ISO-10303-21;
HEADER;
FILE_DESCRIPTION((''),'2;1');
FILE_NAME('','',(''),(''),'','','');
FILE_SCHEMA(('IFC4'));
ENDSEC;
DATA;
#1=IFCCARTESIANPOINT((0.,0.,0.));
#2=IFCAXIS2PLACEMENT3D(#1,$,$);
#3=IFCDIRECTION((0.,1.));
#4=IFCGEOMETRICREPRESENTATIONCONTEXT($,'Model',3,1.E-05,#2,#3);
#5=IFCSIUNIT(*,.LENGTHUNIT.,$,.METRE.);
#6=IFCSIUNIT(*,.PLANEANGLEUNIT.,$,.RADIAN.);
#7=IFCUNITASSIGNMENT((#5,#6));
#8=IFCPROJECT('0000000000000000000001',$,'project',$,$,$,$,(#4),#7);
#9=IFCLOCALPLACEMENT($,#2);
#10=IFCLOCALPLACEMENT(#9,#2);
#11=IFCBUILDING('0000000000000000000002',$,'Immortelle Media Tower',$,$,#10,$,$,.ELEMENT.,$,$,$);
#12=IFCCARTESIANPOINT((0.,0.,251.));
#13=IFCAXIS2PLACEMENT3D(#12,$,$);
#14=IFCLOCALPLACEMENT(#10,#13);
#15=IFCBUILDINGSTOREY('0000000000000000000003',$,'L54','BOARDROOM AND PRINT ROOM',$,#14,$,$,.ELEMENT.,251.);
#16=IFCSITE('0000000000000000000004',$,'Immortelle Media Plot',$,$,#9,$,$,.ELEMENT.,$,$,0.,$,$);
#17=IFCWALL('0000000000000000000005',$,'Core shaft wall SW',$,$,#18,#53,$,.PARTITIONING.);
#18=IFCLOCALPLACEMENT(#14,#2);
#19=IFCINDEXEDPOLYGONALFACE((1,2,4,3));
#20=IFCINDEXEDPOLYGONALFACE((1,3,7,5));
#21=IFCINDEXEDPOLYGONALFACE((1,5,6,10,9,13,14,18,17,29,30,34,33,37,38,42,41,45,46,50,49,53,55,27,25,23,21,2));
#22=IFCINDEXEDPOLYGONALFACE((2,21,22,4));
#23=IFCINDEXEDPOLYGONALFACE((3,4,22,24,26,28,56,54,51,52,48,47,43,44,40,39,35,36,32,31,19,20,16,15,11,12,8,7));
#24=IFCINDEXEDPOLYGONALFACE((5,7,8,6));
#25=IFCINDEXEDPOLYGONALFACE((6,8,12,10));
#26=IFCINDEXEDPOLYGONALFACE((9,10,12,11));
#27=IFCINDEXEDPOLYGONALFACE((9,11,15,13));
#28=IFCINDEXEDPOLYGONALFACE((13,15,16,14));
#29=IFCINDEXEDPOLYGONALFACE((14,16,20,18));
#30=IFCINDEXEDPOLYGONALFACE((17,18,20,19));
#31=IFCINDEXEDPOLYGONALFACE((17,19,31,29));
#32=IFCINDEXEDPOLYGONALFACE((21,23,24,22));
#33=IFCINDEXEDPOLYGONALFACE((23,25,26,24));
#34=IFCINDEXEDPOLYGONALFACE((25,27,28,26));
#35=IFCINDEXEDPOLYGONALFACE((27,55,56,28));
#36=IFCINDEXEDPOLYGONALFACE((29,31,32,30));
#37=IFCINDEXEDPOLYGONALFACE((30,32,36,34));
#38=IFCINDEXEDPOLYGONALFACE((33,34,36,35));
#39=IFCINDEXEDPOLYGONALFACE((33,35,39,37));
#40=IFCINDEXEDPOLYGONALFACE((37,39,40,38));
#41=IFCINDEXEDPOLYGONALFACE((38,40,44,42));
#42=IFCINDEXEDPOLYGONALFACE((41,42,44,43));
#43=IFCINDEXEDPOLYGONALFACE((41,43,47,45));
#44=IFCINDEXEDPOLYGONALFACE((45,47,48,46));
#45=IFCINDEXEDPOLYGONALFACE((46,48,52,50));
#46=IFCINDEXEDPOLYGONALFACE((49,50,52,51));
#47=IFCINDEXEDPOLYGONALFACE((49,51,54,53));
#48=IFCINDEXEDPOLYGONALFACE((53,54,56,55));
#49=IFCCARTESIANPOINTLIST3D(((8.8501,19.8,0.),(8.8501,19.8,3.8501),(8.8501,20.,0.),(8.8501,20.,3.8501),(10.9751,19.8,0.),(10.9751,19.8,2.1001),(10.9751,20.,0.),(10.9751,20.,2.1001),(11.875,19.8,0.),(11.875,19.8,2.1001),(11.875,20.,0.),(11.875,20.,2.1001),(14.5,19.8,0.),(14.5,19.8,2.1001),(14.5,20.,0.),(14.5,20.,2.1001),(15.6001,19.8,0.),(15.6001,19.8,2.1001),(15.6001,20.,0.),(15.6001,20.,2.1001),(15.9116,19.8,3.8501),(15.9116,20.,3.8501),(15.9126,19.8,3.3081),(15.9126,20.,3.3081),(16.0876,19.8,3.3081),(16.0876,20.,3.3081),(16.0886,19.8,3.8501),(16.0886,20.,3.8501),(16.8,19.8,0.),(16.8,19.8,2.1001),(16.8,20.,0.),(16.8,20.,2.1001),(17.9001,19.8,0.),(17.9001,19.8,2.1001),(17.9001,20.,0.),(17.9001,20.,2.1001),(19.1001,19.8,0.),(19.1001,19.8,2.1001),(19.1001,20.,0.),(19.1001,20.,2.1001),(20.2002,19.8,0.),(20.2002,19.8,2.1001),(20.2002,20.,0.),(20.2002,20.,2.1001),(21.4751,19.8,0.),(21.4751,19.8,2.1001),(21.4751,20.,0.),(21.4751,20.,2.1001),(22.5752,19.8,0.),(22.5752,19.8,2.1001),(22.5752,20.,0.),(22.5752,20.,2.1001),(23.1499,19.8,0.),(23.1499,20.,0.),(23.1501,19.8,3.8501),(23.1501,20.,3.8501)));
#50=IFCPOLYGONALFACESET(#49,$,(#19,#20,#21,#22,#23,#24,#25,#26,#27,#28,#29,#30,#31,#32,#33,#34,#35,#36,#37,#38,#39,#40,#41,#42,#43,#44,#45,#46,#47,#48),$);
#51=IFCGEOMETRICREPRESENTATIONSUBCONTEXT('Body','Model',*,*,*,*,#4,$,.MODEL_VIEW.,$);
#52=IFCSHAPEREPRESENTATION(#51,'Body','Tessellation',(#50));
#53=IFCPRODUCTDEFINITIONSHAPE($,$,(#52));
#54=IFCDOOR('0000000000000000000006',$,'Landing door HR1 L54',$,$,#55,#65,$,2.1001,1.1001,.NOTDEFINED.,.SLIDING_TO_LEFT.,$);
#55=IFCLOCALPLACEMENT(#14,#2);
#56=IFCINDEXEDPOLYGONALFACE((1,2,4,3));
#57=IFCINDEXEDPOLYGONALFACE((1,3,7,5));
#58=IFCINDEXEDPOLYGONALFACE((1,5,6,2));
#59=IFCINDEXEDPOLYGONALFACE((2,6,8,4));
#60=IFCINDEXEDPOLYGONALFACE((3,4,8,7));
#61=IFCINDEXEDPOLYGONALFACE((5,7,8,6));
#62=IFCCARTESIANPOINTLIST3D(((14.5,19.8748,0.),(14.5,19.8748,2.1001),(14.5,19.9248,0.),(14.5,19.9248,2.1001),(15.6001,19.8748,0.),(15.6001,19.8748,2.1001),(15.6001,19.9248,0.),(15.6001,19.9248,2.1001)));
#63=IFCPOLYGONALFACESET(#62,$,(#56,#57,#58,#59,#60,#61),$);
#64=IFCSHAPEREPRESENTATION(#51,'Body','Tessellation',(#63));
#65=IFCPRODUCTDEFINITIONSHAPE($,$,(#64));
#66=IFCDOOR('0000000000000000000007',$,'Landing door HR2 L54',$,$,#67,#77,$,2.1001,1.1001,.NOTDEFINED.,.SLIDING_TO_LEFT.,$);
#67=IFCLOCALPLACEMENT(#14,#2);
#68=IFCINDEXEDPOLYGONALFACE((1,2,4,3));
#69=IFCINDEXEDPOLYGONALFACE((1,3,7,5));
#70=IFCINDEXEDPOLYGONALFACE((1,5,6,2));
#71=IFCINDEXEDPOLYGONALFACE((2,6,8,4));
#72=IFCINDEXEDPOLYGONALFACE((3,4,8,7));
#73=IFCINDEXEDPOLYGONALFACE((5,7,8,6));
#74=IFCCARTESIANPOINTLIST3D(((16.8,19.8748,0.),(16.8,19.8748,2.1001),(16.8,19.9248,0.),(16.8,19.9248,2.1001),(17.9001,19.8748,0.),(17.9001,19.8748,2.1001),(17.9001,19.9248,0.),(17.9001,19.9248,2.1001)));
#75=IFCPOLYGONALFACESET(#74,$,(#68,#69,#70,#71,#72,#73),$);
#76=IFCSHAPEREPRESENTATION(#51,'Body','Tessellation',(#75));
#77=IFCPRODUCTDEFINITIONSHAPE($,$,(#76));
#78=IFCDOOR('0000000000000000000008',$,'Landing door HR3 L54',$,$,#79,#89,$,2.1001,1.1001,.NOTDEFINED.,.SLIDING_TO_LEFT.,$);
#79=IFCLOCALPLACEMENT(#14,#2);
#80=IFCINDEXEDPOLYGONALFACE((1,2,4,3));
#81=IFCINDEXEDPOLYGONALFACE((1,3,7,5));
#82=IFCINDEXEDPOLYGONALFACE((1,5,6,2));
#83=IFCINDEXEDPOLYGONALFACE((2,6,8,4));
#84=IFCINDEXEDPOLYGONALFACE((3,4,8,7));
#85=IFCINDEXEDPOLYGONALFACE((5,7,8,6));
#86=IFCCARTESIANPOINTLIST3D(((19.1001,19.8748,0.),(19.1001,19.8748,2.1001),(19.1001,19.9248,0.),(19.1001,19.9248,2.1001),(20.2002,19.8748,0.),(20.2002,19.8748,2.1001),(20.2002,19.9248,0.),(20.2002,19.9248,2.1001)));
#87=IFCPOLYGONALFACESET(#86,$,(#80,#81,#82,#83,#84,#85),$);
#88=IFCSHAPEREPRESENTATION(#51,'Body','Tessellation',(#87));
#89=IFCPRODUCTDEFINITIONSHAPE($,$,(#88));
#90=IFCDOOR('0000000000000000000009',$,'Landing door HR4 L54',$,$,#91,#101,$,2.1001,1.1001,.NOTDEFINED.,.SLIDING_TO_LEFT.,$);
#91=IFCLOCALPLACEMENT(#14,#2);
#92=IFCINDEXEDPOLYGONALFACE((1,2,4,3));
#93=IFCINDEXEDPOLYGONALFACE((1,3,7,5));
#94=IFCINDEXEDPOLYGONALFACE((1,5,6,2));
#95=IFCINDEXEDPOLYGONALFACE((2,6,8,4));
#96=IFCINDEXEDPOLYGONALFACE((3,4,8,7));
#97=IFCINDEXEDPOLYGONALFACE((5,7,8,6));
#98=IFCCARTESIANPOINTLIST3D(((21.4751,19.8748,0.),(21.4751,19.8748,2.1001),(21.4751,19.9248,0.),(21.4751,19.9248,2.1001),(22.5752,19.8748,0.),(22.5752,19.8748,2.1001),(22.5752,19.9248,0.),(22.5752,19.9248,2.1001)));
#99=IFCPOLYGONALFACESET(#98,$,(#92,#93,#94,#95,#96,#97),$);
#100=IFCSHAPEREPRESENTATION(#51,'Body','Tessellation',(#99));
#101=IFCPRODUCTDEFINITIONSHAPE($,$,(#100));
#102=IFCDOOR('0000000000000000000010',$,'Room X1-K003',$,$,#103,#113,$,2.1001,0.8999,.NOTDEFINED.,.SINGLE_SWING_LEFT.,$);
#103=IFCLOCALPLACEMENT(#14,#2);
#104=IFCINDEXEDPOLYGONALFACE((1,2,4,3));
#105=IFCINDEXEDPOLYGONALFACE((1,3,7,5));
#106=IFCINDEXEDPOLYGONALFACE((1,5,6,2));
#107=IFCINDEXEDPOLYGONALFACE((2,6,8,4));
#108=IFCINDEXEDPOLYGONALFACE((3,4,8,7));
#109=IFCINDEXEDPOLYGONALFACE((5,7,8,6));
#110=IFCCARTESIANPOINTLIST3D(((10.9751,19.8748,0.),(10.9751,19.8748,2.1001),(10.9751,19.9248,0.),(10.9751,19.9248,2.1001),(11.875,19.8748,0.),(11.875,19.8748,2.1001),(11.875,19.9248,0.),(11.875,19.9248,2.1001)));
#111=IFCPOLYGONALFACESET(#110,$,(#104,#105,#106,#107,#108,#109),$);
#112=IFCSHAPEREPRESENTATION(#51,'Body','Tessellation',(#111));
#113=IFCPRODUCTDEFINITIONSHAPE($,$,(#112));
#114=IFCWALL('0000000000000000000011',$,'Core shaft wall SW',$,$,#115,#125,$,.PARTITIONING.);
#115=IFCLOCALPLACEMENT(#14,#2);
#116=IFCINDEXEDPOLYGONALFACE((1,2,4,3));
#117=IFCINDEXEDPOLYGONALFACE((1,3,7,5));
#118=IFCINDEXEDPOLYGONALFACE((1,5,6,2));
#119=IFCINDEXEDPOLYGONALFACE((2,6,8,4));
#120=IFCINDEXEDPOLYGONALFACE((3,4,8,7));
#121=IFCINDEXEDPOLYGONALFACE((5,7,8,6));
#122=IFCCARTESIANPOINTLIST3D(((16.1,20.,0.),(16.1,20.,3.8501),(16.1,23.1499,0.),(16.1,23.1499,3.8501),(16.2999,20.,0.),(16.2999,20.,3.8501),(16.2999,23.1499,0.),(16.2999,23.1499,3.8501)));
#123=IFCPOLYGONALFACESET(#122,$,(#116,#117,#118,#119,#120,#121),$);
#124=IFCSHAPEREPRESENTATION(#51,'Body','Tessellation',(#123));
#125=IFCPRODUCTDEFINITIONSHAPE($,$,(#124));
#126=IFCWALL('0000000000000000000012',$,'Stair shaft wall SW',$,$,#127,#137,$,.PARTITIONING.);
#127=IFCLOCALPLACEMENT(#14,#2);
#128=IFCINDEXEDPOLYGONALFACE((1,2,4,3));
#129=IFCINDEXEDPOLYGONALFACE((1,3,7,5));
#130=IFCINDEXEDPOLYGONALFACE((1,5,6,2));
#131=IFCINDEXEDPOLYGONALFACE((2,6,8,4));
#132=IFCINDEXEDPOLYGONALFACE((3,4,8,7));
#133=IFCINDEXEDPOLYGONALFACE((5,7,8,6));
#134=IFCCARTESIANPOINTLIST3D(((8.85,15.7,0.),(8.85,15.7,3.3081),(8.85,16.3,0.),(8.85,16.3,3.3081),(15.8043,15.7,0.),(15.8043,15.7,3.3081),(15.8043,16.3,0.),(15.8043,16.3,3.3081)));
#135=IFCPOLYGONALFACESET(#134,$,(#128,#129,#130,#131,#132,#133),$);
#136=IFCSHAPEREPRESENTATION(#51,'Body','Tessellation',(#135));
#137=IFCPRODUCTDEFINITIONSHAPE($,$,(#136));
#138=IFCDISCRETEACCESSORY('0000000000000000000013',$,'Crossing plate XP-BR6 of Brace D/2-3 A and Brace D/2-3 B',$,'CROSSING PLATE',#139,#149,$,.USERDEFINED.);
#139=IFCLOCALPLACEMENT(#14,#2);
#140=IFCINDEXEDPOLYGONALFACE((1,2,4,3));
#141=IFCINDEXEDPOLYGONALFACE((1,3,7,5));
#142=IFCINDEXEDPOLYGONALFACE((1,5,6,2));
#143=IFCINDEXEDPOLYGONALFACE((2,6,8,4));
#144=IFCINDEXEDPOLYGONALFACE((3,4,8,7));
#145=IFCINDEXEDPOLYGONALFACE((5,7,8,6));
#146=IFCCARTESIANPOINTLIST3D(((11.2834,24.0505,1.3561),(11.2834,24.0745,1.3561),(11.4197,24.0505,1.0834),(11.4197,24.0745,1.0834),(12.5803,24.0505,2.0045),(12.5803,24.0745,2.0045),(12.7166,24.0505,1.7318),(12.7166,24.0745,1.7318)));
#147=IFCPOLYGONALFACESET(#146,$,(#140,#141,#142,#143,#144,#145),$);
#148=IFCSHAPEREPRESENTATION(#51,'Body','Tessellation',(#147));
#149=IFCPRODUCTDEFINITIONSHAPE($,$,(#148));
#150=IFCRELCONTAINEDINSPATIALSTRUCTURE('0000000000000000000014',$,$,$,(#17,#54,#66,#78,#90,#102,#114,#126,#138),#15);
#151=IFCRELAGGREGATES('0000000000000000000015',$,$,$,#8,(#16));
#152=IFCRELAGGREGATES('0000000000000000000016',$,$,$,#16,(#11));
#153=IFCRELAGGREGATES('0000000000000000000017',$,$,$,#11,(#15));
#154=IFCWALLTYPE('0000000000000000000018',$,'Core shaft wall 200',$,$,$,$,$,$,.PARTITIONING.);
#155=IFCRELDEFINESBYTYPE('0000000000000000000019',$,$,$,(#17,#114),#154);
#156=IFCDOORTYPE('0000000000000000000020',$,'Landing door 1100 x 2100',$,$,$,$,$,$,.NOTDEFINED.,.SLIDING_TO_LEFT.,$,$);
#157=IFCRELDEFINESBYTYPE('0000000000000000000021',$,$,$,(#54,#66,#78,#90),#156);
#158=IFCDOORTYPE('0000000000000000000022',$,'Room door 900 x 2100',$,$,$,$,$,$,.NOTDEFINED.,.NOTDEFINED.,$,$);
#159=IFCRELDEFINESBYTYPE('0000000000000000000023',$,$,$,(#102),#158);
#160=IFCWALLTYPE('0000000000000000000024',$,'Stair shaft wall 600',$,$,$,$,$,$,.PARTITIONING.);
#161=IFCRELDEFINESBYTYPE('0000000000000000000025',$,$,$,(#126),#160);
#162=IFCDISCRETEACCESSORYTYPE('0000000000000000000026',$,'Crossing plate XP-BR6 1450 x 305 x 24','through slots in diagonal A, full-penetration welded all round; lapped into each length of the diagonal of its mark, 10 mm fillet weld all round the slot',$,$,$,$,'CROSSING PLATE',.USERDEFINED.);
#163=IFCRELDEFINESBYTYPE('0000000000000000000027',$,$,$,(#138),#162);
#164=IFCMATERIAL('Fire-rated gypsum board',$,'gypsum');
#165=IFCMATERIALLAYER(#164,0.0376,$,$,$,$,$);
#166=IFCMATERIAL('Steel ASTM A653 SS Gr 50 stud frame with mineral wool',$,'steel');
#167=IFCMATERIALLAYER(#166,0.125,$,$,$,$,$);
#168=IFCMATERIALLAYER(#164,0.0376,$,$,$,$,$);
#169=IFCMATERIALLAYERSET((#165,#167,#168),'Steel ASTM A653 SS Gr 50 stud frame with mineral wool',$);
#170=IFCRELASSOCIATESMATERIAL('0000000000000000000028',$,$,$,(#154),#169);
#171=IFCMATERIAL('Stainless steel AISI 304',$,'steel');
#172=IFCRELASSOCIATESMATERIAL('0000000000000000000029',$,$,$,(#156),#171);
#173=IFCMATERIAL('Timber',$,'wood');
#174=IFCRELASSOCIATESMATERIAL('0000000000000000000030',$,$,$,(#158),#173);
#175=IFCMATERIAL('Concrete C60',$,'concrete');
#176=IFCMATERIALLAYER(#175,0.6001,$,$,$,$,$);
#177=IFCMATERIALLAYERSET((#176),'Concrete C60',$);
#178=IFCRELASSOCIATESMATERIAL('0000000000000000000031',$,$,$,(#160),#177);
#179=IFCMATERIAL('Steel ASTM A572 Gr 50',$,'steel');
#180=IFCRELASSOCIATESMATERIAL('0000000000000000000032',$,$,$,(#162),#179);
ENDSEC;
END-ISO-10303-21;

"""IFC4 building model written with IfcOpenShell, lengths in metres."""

from ifc_helpers import new_model, si_unit, direction, frame, frame_2d, origin, origin_2d, place, context, subcontext, project, spatial, polyline, rectangle, outline, extrude, material, layer, layer_set, material_profile, profile_set, type_object, element, fill, save


model = new_model("IFC4")

# Units and contexts
model_context = context("Model", 3, precision=1e-05, world=origin(), true_north=direction((0.0, 1.0)))
body_context = subcontext(model_context, "Body", "Model", "MODEL_VIEW")
ifc_project = project(units=[si_unit("LENGTHUNIT", "METRE"), si_unit("PLANEANGLEUNIT", "RADIAN")], contexts=[model_context])

# Site, building, storey
site_placement = place(None, origin())
site = spatial("IfcSite", under=ifc_project, at=site_placement, Name="Immortelle Media Plot", CompositionType="ELEMENT", RefElevation=0.0)
building_placement = place(site_placement, origin())
building = spatial("IfcBuilding", under=site, at=building_placement, Name="Immortelle Media Tower", CompositionType="ELEMENT")
storey_placement = place(building_placement, frame((0.0, 0.0, 251.0)))
storey = spatial("IfcBuildingStorey", under=building, at=storey_placement, Name="L54", Description="BOARDROOM AND PRINT ROOM", CompositionType="ELEMENT", Elevation=251.0)

# Shared definitions
ifc_material_1 = material(Name="Timber", Category="wood")

# Shared definitions
ifc_material_2 = material(Name="Fire-rated gypsum board", Category="gypsum")
ifc_material_3 = material(Name="Steel ASTM A653 SS Gr 50 stud frame with mineral wool", Category="steel")
ifc_layer_1 = layer(ifc_material_2, 0.0376)
ifc_layer_2 = layer(ifc_material_3, 0.125)
ifc_layer_3 = layer(ifc_material_2, 0.0376)
ifc_layer_set_1 = layer_set([ifc_layer_1, ifc_layer_2, ifc_layer_3], Name="Steel ASTM A653 SS Gr 50 stud frame with mineral wool")
wall_type_1 = type_object("IfcWallType", Name="Core shaft wall 200", PredefinedType="PARTITIONING", material=ifc_layer_set_1)

# Wall, openings, doors
wall_1_placement = place(storey_placement, frame((8.8501, 19.8999, 0.0), z_axis=(0.0, 0.0, 1.0), x_axis=(1.0, 0.0, 0.0)))
wall_1 = element("IfcWall", 1, at=wall_1_placement, inside=storey, type_object=wall_type_1, Name="Core shaft wall SW", PredefinedType="PARTITIONING", context=body_context, shape_type="SweptSolid", body=[
    extrude(outline(polyline([(0.0, 0.0), (14.2998, 0.0), (14.3, 3.8501), (7.2385, 3.8501), (7.2375, 3.3081), (7.0625, 3.3081), (7.0615, 3.8501), (0.0, 3.8501), (0.0, 0.0)])), frame((0.0, 0.1001, 0.0), z_axis=(0.0, -1.0, 0.0), x_axis=(1.0, 0.0, 0.0)), (0.0, 0.0, 1.0), 0.2),
])
opening_1_placement = place(wall_1_placement, frame((2.125, 0.0, 0.0)))
opening_1 = element("IfcOpeningElement", 2, at=opening_1_placement, cuts=wall_1, PredefinedType="OPENING", context=body_context, shape_type="SweptSolid", body=[
    extrude(rectangle(XDim=0.8999, YDim=2.1001, at=frame_2d((0.45, 1.05))), frame((0.0, 0.1099, 0.0), z_axis=(0.0, -1.0, 0.0), x_axis=(1.0, 0.0, 0.0)), (0.0, 0.0, 1.0), 0.22),
])
opening_2_placement = place(wall_1_placement, frame((5.6499, 0.0, 0.0)))
opening_2 = element("IfcOpeningElement", 3, at=opening_2_placement, cuts=wall_1, PredefinedType="OPENING", context=body_context, shape_type="SweptSolid", body=[
    extrude(rectangle(XDim=1.1001, YDim=2.1001, at=frame_2d((0.55, 1.05))), frame((0.0, 0.1099, 0.0), z_axis=(0.0, -1.0, 0.0), x_axis=(1.0, 0.0, 0.0)), (0.0, 0.0, 1.0), 0.22),
])
opening_3_placement = place(wall_1_placement, frame((7.95, 0.0, 0.0)))
opening_3 = element("IfcOpeningElement", 4, at=opening_3_placement, cuts=wall_1, PredefinedType="OPENING", context=body_context, shape_type="SweptSolid", body=[
    extrude(rectangle(XDim=1.1001, YDim=2.1001, at=frame_2d((0.55, 1.05))), frame((0.0, 0.1099, 0.0), z_axis=(0.0, -1.0, 0.0), x_axis=(1.0, 0.0, 0.0)), (0.0, 0.0, 1.0), 0.22),
])
opening_4_placement = place(wall_1_placement, frame((10.25, 0.0, 0.0)))
opening_4 = element("IfcOpeningElement", 5, at=opening_4_placement, cuts=wall_1, PredefinedType="OPENING", context=body_context, shape_type="SweptSolid", body=[
    extrude(rectangle(XDim=1.1001, YDim=2.1001, at=frame_2d((0.55, 1.05))), frame((0.0, 0.1099, 0.0), z_axis=(0.0, -1.0, 0.0), x_axis=(1.0, 0.0, 0.0)), (0.0, 0.0, 1.0), 0.22),
])
opening_5_placement = place(wall_1_placement, frame((12.625, 0.0, 0.0)))
opening_5 = element("IfcOpeningElement", 6, at=opening_5_placement, cuts=wall_1, PredefinedType="OPENING", context=body_context, shape_type="SweptSolid", body=[
    extrude(rectangle(XDim=1.1001, YDim=2.1001, at=frame_2d((0.55, 1.05))), frame((0.0, 0.1099, 0.0), z_axis=(0.0, -1.0, 0.0), x_axis=(1.0, 0.0, 0.0)), (0.0, 0.0, 1.0), 0.22),
])
ifc_material_4 = material(Name="Stainless steel AISI 304", Category="steel")
door_type_1 = type_object("IfcDoorType", Name="Landing door 1100 x 2100", OperationType="SLIDING_TO_LEFT", PredefinedType="NOTDEFINED", material=ifc_material_4)
door_1_placement = place(opening_2_placement, origin())
door_1 = element("IfcDoor", 7, at=door_1_placement, inside=storey, type_object=door_type_1, Name="Landing door HR1 L54", OperationType="SLIDING_TO_LEFT", OverallHeight=2.1001, OverallWidth=1.1001, PredefinedType="NOTDEFINED", context=body_context, shape_type="SweptSolid", body=[
    extrude(rectangle(XDim=1.1001, YDim=2.1001, at=frame_2d((0.55, 1.05))), frame((0.0, 0.0249, 0.0), z_axis=(0.0, -1.0, 0.0), x_axis=(1.0, 0.0, 0.0)), (0.0, 0.0, 1.0), 0.05),
])
fill(opening_2, door_1)
door_2_placement = place(opening_3_placement, origin())
door_2 = element("IfcDoor", 8, at=door_2_placement, inside=storey, type_object=door_type_1, Name="Landing door HR2 L54", OperationType="SLIDING_TO_LEFT", OverallHeight=2.1001, OverallWidth=1.1001, PredefinedType="NOTDEFINED", context=body_context, shape_type="SweptSolid", body=[
    extrude(rectangle(XDim=1.1001, YDim=2.1001, at=frame_2d((0.55, 1.05))), frame((0.0, 0.0249, 0.0), z_axis=(0.0, -1.0, 0.0), x_axis=(1.0, 0.0, 0.0)), (0.0, 0.0, 1.0), 0.05),
])
fill(opening_3, door_2)
door_3_placement = place(opening_4_placement, origin())
door_3 = element("IfcDoor", 9, at=door_3_placement, inside=storey, type_object=door_type_1, Name="Landing door HR3 L54", OperationType="SLIDING_TO_LEFT", OverallHeight=2.1001, OverallWidth=1.1001, PredefinedType="NOTDEFINED", context=body_context, shape_type="SweptSolid", body=[
    extrude(rectangle(XDim=1.1001, YDim=2.1001, at=frame_2d((0.55, 1.05))), frame((0.0, 0.0249, 0.0), z_axis=(0.0, -1.0, 0.0), x_axis=(1.0, 0.0, 0.0)), (0.0, 0.0, 1.0), 0.05),
])
fill(opening_4, door_3)
door_4_placement = place(opening_5_placement, origin())
door_4 = element("IfcDoor", 10, at=door_4_placement, inside=storey, type_object=door_type_1, Name="Landing door HR4 L54", OperationType="SLIDING_TO_LEFT", OverallHeight=2.1001, OverallWidth=1.1001, PredefinedType="NOTDEFINED", context=body_context, shape_type="SweptSolid", body=[
    extrude(rectangle(XDim=1.1001, YDim=2.1001, at=frame_2d((0.55, 1.05))), frame((0.0, 0.0249, 0.0), z_axis=(0.0, -1.0, 0.0), x_axis=(1.0, 0.0, 0.0)), (0.0, 0.0, 1.0), 0.05),
])
fill(opening_5, door_4)
door_type_2 = type_object("IfcDoorType", Name="Room door 900 x 2100", OperationType="NOTDEFINED", PredefinedType="NOTDEFINED", material=ifc_material_1)
door_5_placement = place(opening_1_placement, origin())
door_5 = element("IfcDoor", 11, at=door_5_placement, inside=storey, type_object=door_type_2, Name="Room X1-K003", OperationType="SINGLE_SWING_LEFT", OverallHeight=2.1001, OverallWidth=0.8999, PredefinedType="NOTDEFINED", context=body_context, shape_type="SweptSolid", body=[
    extrude(rectangle(XDim=0.8999, YDim=2.1001, at=frame_2d((0.45, 1.05))), frame((0.0, 0.0249, 0.0), z_axis=(0.0, -1.0, 0.0), x_axis=(1.0, 0.0, 0.0)), (0.0, 0.0, 1.0), 0.05),
])
fill(opening_1, door_5)

# Walls
wall_2_placement = place(storey_placement, frame((16.2, 20.0, 0.0), z_axis=(0.0, 0.0, 1.0), x_axis=(0.0, 1.0, 0.0)))
element("IfcWall", 12, at=wall_2_placement, inside=storey, type_object=wall_type_1, Name="Core shaft wall SW", PredefinedType="PARTITIONING", context=body_context, shape_type="SweptSolid", body=[
    extrude(rectangle(XDim=3.1499, YDim=0.2, at=frame_2d((1.575, 0.0))), origin(), (0.0, 0.0, 1.0), 3.8501),
])
ifc_material_5 = material(Name="Concrete C60", Category="concrete")
ifc_layer_4 = layer(ifc_material_5, 0.6001)
ifc_layer_set_2 = layer_set([ifc_layer_4], Name="Concrete C60")
wall_type_2 = type_object("IfcWallType", Name="Stair shaft wall 600", PredefinedType="PARTITIONING", material=ifc_layer_set_2)
wall_3_placement = place(storey_placement, frame((8.8501, 16.0, 0.0), z_axis=(0.0, 0.0, 1.0), x_axis=(1.0, 0.0, 0.0)))
element("IfcWall", 13, at=wall_3_placement, inside=storey, type_object=wall_type_2, Name="Stair shaft wall SW", PredefinedType="PARTITIONING", context=body_context, shape_type="SweptSolid", body=[
    extrude(rectangle(XDim=6.9543, YDim=0.6001, at=frame_2d((3.4771, 0.0))), origin(), (0.0, 0.0, 1.0), 3.3081),
])

# Discrete accessory
ifc_material_6 = material(Name="Steel ASTM A572 Gr 50", Category="steel")
ifc_material_profile_1 = material_profile(ifc_material_6, rectangle(XDim=0.0239, YDim=0.3049, at=origin_2d()), Name="PL 24 x 305")
ifc_profile_set_1 = profile_set([ifc_material_profile_1], Name="Steel ASTM A572 Gr 50")
discrete_accessory_type_1 = type_object("IfcDiscreteAccessoryType", Name="Crossing plate XP-BR6 1450 x 305 x 24", Description="through slots in diagonal A, full-penetration welded all round; lapped into each length of the diagonal of its mark, 10 mm fillet weld all round the slot", ElementType="CROSSING PLATE", PredefinedType="USERDEFINED", material=ifc_profile_set_1)
discrete_accessory_placement = place(storey_placement, frame((12.6484, 24.0625, 1.8682), z_axis=(-0.894427, 0.0, -0.447214), x_axis=(0.0, -1.0, 0.0)))
element("IfcDiscreteAccessory", 14, at=discrete_accessory_placement, inside=storey, type_object=discrete_accessory_type_1, Name="Crossing plate XP-BR6 of Brace D/2-3 A and Brace D/2-3 B", ObjectType="CROSSING PLATE", PredefinedType="USERDEFINED", context=body_context, shape_type="SweptSolid", body=[
    extrude(rectangle(XDim=0.0239, YDim=0.3049, at=origin_2d()), origin(), (0.0, 0.0, 1.0), 1.45),
])

save(model, "model.ifc")
